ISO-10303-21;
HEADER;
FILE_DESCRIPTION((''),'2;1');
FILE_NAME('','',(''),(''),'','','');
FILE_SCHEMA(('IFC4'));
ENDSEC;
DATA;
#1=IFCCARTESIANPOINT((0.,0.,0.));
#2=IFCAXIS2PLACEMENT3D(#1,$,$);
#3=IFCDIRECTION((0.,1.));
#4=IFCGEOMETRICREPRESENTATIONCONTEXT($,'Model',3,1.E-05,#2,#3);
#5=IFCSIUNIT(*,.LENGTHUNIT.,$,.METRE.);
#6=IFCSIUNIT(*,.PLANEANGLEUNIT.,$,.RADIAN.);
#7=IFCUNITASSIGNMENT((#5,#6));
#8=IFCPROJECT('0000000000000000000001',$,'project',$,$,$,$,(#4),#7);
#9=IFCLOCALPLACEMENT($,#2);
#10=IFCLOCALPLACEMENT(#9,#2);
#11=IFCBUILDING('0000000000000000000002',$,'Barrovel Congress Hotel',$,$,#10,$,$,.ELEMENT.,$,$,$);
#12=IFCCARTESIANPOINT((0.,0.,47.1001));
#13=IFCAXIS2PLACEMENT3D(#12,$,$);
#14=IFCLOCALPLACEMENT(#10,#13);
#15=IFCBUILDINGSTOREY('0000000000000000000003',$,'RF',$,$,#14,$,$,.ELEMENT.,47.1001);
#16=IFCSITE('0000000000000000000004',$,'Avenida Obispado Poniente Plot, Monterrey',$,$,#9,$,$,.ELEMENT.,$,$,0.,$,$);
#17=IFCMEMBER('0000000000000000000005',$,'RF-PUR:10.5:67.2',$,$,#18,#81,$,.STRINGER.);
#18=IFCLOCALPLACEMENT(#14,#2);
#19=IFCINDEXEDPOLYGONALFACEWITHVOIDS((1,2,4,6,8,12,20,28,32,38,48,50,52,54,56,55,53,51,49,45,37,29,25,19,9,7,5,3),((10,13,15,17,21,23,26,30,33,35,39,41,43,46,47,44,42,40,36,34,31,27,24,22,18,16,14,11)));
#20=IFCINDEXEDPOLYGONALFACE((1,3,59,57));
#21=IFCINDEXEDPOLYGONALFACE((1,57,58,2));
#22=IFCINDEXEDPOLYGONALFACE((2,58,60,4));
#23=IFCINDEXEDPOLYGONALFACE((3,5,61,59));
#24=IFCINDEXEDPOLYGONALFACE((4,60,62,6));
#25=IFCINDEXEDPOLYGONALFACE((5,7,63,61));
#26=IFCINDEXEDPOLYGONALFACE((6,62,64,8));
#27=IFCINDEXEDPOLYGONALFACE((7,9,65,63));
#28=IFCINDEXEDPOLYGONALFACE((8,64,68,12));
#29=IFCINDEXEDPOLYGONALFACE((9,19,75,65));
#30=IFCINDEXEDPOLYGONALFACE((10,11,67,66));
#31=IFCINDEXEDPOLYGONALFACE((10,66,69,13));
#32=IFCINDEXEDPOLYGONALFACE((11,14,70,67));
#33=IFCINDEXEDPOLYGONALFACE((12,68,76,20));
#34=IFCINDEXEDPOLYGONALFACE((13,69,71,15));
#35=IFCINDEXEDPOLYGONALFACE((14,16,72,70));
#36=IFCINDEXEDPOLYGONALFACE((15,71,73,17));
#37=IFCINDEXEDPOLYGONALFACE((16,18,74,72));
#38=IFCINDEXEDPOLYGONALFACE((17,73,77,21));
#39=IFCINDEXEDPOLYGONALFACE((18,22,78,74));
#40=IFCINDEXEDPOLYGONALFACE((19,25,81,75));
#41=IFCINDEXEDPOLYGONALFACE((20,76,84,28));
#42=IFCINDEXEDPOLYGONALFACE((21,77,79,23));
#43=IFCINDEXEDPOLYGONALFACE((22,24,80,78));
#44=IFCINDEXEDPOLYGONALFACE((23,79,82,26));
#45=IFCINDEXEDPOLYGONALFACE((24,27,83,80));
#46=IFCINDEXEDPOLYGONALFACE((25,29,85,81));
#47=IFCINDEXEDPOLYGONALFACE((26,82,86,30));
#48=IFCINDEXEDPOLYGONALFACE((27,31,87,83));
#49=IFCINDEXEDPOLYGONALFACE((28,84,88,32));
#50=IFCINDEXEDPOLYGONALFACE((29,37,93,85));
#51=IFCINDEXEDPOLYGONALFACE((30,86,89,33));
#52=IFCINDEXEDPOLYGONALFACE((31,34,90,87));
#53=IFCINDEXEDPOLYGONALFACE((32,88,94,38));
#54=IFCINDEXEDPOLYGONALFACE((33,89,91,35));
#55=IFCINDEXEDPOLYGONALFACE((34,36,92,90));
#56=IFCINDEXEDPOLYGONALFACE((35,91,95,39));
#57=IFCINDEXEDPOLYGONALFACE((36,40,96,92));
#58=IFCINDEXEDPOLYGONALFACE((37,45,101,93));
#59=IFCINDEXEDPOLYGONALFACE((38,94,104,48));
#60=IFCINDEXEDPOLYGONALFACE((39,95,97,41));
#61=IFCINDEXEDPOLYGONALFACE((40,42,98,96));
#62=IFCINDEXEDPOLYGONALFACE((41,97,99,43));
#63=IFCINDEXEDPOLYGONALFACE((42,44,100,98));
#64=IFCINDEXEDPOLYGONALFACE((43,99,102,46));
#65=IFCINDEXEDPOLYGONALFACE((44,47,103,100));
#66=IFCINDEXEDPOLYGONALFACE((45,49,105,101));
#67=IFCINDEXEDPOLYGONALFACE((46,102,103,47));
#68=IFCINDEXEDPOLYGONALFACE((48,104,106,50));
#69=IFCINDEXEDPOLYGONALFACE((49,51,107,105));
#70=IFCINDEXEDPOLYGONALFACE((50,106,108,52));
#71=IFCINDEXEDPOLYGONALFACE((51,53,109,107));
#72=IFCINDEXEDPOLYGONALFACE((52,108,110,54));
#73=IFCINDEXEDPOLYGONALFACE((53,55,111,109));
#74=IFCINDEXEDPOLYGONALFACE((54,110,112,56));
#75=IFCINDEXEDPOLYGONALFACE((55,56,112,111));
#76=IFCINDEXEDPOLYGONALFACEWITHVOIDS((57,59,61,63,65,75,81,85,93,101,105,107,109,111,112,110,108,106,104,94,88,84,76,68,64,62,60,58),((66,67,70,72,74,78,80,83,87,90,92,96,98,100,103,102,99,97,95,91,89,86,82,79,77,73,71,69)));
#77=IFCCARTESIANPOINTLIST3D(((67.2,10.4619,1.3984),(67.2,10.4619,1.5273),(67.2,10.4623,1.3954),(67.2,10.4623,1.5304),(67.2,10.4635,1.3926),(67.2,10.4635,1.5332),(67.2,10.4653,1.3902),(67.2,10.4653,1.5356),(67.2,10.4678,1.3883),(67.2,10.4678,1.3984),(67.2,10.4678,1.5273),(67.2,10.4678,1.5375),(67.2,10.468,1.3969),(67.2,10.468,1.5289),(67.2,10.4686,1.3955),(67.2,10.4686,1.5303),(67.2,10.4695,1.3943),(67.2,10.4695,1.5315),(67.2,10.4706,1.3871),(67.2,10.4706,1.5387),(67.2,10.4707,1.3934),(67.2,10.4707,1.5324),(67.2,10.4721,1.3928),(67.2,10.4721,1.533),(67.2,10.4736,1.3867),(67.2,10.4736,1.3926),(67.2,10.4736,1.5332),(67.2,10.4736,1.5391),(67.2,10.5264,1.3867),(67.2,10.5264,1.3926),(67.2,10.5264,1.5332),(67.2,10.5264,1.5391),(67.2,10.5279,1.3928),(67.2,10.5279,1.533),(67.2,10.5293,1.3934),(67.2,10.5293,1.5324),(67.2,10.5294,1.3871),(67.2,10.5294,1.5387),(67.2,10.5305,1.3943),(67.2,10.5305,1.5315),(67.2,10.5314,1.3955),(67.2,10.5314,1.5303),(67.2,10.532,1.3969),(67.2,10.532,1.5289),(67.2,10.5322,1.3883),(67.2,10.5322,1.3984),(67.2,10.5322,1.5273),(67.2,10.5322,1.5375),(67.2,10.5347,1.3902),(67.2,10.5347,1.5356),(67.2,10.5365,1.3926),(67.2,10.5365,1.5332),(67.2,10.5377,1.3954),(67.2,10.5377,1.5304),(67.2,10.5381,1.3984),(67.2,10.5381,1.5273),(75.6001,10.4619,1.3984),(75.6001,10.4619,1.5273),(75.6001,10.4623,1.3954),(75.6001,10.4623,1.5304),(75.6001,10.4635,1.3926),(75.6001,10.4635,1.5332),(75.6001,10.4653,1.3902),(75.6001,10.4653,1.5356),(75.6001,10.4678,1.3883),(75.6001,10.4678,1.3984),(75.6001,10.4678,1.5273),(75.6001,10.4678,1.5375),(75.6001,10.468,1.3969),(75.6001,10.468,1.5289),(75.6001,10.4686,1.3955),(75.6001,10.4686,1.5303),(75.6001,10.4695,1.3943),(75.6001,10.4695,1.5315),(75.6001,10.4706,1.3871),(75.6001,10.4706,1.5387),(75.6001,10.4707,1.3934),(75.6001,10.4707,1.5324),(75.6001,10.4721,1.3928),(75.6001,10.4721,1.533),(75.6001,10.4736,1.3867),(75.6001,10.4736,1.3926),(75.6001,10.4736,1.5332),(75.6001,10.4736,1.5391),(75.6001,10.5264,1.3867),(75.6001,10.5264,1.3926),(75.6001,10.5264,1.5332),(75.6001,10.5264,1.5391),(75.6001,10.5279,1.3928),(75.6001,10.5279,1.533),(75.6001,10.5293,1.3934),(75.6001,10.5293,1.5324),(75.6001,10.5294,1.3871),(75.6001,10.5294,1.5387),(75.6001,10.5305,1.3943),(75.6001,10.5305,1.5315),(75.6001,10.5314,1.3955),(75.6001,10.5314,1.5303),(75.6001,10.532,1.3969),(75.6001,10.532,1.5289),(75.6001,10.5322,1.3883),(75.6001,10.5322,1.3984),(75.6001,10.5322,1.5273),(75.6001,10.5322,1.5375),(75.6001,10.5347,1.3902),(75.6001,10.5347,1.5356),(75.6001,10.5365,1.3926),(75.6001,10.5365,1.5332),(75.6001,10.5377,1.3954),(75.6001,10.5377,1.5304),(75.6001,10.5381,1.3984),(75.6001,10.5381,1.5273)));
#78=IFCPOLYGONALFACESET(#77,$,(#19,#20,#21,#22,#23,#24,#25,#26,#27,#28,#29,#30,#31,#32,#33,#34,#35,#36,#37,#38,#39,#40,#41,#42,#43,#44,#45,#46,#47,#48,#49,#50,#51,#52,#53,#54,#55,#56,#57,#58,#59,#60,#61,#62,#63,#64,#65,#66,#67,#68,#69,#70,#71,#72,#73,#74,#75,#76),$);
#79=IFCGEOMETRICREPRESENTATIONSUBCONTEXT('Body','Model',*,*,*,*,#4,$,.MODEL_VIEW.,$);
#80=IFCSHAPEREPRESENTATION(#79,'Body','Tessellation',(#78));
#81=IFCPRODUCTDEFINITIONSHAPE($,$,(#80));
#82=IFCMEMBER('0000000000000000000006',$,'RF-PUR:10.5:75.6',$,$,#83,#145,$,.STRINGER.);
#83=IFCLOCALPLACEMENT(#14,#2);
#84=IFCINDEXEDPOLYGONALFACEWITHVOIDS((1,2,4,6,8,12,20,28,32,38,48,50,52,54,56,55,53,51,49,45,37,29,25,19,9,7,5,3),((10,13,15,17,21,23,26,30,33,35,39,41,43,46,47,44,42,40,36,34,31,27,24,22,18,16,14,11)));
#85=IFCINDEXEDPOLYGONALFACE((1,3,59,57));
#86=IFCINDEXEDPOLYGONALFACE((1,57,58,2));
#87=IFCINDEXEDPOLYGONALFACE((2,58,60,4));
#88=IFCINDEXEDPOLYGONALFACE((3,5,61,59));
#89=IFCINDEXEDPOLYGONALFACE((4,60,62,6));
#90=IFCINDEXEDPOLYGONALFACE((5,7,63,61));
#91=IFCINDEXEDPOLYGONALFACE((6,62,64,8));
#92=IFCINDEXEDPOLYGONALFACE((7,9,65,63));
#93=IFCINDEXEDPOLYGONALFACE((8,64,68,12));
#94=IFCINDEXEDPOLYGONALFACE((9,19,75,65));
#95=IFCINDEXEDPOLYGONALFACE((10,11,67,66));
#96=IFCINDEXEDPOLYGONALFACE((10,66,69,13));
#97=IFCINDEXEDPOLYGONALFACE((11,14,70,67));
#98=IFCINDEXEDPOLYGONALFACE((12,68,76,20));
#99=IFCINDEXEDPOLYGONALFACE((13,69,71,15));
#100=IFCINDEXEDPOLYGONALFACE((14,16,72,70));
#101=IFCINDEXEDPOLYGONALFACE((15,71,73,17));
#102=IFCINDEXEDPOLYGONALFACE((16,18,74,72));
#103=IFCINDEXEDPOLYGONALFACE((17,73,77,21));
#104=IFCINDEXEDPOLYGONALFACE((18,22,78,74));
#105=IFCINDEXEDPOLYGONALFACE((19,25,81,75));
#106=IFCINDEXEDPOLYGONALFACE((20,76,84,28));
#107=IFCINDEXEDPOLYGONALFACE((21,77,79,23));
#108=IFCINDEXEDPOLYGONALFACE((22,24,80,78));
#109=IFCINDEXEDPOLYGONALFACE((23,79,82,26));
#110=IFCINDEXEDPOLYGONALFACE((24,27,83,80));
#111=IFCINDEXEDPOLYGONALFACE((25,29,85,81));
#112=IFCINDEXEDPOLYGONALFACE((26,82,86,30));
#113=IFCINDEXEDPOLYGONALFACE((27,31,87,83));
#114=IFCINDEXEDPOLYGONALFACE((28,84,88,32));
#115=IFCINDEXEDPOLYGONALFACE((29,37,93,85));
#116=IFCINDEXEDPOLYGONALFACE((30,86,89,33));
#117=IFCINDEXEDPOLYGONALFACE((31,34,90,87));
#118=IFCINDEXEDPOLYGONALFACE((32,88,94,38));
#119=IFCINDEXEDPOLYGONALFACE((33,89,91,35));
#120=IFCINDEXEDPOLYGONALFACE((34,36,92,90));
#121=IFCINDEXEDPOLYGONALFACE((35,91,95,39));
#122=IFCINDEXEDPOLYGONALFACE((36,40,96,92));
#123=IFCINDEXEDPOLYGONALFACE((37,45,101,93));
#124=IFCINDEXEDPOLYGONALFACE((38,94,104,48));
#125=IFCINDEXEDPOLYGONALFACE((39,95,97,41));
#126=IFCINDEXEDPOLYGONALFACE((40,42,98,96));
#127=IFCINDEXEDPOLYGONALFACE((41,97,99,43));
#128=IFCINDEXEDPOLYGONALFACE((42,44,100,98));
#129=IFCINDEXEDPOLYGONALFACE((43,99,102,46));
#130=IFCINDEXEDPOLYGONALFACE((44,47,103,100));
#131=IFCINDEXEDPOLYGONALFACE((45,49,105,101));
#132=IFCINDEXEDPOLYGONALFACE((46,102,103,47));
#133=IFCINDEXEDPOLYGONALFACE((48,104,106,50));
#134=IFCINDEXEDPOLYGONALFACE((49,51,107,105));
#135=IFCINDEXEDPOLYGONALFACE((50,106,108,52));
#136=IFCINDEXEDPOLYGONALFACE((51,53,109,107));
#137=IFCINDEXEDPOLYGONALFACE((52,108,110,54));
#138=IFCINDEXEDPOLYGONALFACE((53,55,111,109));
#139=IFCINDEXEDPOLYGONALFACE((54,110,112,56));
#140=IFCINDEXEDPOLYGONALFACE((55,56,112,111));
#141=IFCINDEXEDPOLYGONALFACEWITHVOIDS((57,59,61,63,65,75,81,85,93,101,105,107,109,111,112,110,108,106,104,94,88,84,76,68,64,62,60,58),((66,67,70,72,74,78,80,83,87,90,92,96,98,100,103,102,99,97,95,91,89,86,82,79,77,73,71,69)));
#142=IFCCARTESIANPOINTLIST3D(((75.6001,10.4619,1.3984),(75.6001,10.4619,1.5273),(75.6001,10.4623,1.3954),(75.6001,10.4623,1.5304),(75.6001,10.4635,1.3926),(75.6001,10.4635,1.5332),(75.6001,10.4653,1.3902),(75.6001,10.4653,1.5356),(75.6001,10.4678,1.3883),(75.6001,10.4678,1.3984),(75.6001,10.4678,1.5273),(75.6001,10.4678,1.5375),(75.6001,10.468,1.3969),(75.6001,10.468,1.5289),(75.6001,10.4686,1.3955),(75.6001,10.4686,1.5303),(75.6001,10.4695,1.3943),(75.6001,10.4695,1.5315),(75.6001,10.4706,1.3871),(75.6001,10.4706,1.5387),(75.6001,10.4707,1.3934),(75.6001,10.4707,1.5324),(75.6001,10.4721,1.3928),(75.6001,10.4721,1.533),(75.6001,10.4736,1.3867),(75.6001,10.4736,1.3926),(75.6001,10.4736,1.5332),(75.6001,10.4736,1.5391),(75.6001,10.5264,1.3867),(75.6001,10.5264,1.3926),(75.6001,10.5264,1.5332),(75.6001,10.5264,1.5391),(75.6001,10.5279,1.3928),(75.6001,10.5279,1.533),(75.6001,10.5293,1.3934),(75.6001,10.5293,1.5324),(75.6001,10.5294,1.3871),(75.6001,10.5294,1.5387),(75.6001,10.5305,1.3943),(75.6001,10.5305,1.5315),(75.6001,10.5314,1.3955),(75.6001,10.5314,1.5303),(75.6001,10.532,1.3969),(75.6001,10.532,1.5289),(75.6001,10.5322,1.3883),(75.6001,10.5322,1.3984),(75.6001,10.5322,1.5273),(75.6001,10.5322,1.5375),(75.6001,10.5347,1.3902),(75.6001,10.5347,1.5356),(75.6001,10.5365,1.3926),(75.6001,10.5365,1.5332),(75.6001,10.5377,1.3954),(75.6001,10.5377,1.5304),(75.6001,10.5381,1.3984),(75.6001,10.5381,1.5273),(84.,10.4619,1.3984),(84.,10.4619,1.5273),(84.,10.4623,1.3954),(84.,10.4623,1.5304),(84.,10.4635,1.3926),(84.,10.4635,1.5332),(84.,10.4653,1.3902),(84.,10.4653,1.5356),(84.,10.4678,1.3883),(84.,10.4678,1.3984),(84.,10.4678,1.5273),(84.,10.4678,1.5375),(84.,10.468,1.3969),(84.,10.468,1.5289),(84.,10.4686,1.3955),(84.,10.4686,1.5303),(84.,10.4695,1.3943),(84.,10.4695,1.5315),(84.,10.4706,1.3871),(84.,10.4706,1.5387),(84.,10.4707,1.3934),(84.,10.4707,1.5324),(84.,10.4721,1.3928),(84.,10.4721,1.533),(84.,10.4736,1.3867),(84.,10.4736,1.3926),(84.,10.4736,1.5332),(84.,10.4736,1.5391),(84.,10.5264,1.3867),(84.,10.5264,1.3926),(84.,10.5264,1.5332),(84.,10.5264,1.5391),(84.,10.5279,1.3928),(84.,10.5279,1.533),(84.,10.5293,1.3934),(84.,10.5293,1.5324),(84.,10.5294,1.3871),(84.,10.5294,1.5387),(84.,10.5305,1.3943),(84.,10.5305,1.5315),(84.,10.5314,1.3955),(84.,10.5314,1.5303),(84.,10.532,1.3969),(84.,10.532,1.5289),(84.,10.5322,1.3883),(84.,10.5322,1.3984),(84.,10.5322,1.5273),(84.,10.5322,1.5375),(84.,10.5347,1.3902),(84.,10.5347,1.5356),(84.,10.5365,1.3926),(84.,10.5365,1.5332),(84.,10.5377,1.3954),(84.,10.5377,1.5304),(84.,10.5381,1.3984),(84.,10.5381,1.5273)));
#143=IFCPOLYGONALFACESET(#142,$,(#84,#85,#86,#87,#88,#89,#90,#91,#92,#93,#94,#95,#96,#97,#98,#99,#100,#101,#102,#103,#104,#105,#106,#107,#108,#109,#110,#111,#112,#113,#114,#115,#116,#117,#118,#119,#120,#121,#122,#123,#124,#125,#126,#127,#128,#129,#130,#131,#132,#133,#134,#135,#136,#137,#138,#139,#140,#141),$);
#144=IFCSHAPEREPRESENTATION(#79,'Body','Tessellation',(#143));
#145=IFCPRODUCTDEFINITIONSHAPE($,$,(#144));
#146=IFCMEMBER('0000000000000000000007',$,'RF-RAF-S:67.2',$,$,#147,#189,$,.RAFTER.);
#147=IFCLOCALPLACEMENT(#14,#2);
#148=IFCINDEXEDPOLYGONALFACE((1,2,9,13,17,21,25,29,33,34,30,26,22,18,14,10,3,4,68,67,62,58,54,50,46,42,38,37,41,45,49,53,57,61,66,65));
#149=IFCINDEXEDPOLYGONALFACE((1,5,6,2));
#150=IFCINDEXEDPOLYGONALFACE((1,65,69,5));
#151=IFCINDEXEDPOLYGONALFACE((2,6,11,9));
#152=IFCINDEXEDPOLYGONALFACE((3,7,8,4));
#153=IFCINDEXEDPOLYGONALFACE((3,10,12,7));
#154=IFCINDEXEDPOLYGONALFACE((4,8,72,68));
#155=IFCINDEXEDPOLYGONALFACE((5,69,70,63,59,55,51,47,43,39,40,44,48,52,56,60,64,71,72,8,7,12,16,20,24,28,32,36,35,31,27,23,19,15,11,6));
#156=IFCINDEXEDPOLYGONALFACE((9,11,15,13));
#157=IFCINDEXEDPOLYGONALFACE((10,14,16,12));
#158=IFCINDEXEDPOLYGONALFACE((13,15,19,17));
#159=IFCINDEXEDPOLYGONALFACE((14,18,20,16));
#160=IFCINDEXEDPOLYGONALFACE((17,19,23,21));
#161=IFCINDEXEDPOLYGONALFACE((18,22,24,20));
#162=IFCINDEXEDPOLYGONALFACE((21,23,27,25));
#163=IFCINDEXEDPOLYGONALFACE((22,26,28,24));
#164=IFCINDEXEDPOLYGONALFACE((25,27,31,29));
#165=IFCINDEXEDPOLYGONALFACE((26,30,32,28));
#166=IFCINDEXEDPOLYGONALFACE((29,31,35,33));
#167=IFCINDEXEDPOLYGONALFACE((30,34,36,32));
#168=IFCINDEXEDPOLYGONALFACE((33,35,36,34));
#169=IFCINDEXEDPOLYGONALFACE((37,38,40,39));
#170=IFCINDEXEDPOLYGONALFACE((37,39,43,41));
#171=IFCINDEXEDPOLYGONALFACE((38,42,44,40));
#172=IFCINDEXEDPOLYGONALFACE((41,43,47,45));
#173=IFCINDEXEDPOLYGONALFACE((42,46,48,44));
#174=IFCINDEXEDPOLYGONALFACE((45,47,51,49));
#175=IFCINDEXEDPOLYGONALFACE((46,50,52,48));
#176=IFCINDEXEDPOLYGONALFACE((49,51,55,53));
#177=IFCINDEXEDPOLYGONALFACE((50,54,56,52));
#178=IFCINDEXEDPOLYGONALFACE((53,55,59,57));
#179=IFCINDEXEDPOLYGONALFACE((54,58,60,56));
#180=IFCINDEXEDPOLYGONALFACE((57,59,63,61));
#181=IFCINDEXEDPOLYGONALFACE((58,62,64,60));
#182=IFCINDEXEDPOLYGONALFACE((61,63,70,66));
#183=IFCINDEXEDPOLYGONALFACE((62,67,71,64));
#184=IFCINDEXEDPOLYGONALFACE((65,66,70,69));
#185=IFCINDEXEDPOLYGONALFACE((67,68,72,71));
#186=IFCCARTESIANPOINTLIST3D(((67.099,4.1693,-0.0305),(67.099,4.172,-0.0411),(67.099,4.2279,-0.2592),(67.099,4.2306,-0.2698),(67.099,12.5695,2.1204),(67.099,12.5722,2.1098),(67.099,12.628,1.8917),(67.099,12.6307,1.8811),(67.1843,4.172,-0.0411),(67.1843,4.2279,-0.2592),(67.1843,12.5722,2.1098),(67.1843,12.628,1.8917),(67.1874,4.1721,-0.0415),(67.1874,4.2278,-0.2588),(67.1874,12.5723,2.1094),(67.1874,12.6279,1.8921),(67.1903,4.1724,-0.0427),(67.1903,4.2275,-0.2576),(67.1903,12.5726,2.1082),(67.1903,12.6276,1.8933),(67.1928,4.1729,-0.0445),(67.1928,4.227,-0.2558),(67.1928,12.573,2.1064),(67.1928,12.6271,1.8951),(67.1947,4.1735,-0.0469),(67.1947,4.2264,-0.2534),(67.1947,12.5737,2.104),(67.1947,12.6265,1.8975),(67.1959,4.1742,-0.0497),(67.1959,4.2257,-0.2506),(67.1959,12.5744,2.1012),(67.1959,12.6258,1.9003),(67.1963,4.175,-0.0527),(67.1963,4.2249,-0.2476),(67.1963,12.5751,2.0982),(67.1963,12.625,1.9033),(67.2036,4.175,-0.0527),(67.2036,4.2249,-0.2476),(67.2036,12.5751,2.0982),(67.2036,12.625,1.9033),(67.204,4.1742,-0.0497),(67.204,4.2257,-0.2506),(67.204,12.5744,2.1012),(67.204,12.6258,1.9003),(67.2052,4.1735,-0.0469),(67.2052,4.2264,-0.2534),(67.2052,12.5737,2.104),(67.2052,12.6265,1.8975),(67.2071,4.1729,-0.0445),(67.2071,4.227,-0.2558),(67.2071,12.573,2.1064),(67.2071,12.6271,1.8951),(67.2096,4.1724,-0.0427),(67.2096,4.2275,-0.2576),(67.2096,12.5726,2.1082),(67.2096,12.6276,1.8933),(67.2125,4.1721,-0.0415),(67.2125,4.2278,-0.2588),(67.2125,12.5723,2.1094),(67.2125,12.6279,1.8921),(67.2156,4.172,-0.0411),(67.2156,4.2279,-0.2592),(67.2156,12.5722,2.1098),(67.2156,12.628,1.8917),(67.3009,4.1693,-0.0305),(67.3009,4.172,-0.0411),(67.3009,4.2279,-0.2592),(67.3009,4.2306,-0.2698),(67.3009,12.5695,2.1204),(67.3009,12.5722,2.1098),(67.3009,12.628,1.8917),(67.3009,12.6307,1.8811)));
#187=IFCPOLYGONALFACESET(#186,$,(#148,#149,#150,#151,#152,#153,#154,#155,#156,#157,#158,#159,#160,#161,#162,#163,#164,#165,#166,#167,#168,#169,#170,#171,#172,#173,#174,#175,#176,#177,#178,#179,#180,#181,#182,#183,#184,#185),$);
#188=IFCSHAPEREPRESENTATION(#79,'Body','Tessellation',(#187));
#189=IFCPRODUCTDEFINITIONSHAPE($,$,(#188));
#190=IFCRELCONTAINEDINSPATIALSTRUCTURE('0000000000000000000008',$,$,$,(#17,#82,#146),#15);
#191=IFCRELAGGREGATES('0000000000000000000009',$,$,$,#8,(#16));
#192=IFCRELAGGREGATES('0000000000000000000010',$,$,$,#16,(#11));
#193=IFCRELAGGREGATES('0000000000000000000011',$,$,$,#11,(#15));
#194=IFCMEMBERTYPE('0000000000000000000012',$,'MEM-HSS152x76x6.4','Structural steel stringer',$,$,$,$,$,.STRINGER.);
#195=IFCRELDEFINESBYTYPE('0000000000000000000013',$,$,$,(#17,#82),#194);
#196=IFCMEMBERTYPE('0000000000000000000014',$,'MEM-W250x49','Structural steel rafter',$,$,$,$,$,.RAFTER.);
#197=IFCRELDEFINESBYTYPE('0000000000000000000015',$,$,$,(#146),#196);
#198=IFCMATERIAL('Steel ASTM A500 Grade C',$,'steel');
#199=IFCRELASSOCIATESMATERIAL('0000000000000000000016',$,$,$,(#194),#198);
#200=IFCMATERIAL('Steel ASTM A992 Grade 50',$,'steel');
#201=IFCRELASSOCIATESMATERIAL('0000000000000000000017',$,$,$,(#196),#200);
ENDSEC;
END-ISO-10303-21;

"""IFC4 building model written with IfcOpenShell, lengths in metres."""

from ifc_helpers import new_model, si_unit, direction, frame, origin, origin_2d, place, context, subcontext, project, spatial, hollow_rectangle, i_section, extrude, material, material_profile, profile_set, type_object, element, save


model = new_model("IFC4")

# Units and contexts
model_context = context("Model", 3, precision=1e-05, world=origin(), true_north=direction((0.0, 1.0)))
body_context = subcontext(model_context, "Body", "Model", "MODEL_VIEW")
ifc_project = project(units=[si_unit("LENGTHUNIT", "METRE"), si_unit("PLANEANGLEUNIT", "RADIAN")], contexts=[model_context])

# Site, building, storey
site_placement = place(None, origin())
site = spatial("IfcSite", under=ifc_project, at=site_placement, Name="Avenida Obispado Poniente Plot, Monterrey", CompositionType="ELEMENT", RefElevation=0.0)
building_placement = place(site_placement, origin())
building = spatial("IfcBuilding", under=site, at=building_placement, Name="Barrovel Congress Hotel", CompositionType="ELEMENT")
storey_placement = place(building_placement, frame((0.0, 0.0, 47.1001)))
storey = spatial("IfcBuildingStorey", under=building, at=storey_placement, Name="RF", CompositionType="ELEMENT", Elevation=47.1001)

# Members
ifc_material_1 = material(Name="Steel ASTM A500 Grade C", Category="steel")
ifc_material_profile_1 = material_profile(ifc_material_1, hollow_rectangle(XDim=0.0762, YDim=0.1523, WallThickness=0.0059, InnerFilletRadius=0.0059, OuterFilletRadius=0.0117, at=origin_2d()), Name="HSS152x76x6.4")
ifc_profile_set_1 = profile_set([ifc_material_profile_1], Name="Steel ASTM A500 Grade C")
member_type_1 = type_object("IfcMemberType", Name="MEM-HSS152x76x6.4", Description="Structural steel stringer", PredefinedType="STRINGER", material=ifc_profile_set_1)
member_1_placement = place(storey_placement, frame((67.2, 10.5, 1.4629), z_axis=(1.0, 0.0, 0.0), x_axis=(0.0, 1.0, 0.0)))
element("IfcMember", 1, at=member_1_placement, inside=storey, type_object=member_type_1, Name="RF-PUR:10.5:67.2", PredefinedType="STRINGER", context=body_context, shape_type="SweptSolid", body=[
    extrude(hollow_rectangle(XDim=0.0762, YDim=0.1523, WallThickness=0.0059, InnerFilletRadius=0.0059, OuterFilletRadius=0.0117, at=origin_2d()), origin(), (0.0, 0.0, 1.0), 8.4001),
])
member_2_placement = place(storey_placement, frame((75.6001, 10.5, 1.4629), z_axis=(1.0, 0.0, 0.0), x_axis=(0.0, 1.0, 0.0)))
element("IfcMember", 2, at=member_2_placement, inside=storey, type_object=member_type_1, Name="RF-PUR:10.5:75.6", PredefinedType="STRINGER", context=body_context, shape_type="SweptSolid", body=[
    extrude(hollow_rectangle(XDim=0.0762, YDim=0.1523, WallThickness=0.0059, InnerFilletRadius=0.0059, OuterFilletRadius=0.0117, at=origin_2d()), origin(), (0.0, 0.0, 1.0), 8.3999),
])
ifc_material_2 = material(Name="Steel ASTM A992 Grade 50", Category="steel")
ifc_material_profile_2 = material_profile(ifc_material_2, i_section(OverallWidth=0.2019, OverallDepth=0.2471, WebThickness=0.0073, FlangeThickness=0.011, FilletRadius=0.012, at=origin_2d()), Name="W250x49")
ifc_profile_set_2 = profile_set([ifc_material_profile_2], Name="Steel ASTM A992 Grade 50")
member_type_2 = type_object("IfcMemberType", Name="MEM-W250x49", Description="Structural steel rafter", PredefinedType="RAFTER", material=ifc_profile_set_2)
member_3_placement = place(storey_placement, frame((67.2, 4.2, -0.1501), z_axis=(0.0, 0.968747, 0.24805), x_axis=(-1.0, 0.0, 0.0)))
element("IfcMember", 3, at=member_3_placement, inside=storey, type_object=member_type_2, Name="RF-RAF-S:67.2", PredefinedType="RAFTER", context=body_context, shape_type="SweptSolid", body=[
    extrude(i_section(OverallWidth=0.2019, OverallDepth=0.2471, WebThickness=0.0073, FlangeThickness=0.011, FilletRadius=0.012, at=origin_2d()), origin(), (0.0, 0.0, 1.0), 8.6711),
])

save(model, "model.ifc")
